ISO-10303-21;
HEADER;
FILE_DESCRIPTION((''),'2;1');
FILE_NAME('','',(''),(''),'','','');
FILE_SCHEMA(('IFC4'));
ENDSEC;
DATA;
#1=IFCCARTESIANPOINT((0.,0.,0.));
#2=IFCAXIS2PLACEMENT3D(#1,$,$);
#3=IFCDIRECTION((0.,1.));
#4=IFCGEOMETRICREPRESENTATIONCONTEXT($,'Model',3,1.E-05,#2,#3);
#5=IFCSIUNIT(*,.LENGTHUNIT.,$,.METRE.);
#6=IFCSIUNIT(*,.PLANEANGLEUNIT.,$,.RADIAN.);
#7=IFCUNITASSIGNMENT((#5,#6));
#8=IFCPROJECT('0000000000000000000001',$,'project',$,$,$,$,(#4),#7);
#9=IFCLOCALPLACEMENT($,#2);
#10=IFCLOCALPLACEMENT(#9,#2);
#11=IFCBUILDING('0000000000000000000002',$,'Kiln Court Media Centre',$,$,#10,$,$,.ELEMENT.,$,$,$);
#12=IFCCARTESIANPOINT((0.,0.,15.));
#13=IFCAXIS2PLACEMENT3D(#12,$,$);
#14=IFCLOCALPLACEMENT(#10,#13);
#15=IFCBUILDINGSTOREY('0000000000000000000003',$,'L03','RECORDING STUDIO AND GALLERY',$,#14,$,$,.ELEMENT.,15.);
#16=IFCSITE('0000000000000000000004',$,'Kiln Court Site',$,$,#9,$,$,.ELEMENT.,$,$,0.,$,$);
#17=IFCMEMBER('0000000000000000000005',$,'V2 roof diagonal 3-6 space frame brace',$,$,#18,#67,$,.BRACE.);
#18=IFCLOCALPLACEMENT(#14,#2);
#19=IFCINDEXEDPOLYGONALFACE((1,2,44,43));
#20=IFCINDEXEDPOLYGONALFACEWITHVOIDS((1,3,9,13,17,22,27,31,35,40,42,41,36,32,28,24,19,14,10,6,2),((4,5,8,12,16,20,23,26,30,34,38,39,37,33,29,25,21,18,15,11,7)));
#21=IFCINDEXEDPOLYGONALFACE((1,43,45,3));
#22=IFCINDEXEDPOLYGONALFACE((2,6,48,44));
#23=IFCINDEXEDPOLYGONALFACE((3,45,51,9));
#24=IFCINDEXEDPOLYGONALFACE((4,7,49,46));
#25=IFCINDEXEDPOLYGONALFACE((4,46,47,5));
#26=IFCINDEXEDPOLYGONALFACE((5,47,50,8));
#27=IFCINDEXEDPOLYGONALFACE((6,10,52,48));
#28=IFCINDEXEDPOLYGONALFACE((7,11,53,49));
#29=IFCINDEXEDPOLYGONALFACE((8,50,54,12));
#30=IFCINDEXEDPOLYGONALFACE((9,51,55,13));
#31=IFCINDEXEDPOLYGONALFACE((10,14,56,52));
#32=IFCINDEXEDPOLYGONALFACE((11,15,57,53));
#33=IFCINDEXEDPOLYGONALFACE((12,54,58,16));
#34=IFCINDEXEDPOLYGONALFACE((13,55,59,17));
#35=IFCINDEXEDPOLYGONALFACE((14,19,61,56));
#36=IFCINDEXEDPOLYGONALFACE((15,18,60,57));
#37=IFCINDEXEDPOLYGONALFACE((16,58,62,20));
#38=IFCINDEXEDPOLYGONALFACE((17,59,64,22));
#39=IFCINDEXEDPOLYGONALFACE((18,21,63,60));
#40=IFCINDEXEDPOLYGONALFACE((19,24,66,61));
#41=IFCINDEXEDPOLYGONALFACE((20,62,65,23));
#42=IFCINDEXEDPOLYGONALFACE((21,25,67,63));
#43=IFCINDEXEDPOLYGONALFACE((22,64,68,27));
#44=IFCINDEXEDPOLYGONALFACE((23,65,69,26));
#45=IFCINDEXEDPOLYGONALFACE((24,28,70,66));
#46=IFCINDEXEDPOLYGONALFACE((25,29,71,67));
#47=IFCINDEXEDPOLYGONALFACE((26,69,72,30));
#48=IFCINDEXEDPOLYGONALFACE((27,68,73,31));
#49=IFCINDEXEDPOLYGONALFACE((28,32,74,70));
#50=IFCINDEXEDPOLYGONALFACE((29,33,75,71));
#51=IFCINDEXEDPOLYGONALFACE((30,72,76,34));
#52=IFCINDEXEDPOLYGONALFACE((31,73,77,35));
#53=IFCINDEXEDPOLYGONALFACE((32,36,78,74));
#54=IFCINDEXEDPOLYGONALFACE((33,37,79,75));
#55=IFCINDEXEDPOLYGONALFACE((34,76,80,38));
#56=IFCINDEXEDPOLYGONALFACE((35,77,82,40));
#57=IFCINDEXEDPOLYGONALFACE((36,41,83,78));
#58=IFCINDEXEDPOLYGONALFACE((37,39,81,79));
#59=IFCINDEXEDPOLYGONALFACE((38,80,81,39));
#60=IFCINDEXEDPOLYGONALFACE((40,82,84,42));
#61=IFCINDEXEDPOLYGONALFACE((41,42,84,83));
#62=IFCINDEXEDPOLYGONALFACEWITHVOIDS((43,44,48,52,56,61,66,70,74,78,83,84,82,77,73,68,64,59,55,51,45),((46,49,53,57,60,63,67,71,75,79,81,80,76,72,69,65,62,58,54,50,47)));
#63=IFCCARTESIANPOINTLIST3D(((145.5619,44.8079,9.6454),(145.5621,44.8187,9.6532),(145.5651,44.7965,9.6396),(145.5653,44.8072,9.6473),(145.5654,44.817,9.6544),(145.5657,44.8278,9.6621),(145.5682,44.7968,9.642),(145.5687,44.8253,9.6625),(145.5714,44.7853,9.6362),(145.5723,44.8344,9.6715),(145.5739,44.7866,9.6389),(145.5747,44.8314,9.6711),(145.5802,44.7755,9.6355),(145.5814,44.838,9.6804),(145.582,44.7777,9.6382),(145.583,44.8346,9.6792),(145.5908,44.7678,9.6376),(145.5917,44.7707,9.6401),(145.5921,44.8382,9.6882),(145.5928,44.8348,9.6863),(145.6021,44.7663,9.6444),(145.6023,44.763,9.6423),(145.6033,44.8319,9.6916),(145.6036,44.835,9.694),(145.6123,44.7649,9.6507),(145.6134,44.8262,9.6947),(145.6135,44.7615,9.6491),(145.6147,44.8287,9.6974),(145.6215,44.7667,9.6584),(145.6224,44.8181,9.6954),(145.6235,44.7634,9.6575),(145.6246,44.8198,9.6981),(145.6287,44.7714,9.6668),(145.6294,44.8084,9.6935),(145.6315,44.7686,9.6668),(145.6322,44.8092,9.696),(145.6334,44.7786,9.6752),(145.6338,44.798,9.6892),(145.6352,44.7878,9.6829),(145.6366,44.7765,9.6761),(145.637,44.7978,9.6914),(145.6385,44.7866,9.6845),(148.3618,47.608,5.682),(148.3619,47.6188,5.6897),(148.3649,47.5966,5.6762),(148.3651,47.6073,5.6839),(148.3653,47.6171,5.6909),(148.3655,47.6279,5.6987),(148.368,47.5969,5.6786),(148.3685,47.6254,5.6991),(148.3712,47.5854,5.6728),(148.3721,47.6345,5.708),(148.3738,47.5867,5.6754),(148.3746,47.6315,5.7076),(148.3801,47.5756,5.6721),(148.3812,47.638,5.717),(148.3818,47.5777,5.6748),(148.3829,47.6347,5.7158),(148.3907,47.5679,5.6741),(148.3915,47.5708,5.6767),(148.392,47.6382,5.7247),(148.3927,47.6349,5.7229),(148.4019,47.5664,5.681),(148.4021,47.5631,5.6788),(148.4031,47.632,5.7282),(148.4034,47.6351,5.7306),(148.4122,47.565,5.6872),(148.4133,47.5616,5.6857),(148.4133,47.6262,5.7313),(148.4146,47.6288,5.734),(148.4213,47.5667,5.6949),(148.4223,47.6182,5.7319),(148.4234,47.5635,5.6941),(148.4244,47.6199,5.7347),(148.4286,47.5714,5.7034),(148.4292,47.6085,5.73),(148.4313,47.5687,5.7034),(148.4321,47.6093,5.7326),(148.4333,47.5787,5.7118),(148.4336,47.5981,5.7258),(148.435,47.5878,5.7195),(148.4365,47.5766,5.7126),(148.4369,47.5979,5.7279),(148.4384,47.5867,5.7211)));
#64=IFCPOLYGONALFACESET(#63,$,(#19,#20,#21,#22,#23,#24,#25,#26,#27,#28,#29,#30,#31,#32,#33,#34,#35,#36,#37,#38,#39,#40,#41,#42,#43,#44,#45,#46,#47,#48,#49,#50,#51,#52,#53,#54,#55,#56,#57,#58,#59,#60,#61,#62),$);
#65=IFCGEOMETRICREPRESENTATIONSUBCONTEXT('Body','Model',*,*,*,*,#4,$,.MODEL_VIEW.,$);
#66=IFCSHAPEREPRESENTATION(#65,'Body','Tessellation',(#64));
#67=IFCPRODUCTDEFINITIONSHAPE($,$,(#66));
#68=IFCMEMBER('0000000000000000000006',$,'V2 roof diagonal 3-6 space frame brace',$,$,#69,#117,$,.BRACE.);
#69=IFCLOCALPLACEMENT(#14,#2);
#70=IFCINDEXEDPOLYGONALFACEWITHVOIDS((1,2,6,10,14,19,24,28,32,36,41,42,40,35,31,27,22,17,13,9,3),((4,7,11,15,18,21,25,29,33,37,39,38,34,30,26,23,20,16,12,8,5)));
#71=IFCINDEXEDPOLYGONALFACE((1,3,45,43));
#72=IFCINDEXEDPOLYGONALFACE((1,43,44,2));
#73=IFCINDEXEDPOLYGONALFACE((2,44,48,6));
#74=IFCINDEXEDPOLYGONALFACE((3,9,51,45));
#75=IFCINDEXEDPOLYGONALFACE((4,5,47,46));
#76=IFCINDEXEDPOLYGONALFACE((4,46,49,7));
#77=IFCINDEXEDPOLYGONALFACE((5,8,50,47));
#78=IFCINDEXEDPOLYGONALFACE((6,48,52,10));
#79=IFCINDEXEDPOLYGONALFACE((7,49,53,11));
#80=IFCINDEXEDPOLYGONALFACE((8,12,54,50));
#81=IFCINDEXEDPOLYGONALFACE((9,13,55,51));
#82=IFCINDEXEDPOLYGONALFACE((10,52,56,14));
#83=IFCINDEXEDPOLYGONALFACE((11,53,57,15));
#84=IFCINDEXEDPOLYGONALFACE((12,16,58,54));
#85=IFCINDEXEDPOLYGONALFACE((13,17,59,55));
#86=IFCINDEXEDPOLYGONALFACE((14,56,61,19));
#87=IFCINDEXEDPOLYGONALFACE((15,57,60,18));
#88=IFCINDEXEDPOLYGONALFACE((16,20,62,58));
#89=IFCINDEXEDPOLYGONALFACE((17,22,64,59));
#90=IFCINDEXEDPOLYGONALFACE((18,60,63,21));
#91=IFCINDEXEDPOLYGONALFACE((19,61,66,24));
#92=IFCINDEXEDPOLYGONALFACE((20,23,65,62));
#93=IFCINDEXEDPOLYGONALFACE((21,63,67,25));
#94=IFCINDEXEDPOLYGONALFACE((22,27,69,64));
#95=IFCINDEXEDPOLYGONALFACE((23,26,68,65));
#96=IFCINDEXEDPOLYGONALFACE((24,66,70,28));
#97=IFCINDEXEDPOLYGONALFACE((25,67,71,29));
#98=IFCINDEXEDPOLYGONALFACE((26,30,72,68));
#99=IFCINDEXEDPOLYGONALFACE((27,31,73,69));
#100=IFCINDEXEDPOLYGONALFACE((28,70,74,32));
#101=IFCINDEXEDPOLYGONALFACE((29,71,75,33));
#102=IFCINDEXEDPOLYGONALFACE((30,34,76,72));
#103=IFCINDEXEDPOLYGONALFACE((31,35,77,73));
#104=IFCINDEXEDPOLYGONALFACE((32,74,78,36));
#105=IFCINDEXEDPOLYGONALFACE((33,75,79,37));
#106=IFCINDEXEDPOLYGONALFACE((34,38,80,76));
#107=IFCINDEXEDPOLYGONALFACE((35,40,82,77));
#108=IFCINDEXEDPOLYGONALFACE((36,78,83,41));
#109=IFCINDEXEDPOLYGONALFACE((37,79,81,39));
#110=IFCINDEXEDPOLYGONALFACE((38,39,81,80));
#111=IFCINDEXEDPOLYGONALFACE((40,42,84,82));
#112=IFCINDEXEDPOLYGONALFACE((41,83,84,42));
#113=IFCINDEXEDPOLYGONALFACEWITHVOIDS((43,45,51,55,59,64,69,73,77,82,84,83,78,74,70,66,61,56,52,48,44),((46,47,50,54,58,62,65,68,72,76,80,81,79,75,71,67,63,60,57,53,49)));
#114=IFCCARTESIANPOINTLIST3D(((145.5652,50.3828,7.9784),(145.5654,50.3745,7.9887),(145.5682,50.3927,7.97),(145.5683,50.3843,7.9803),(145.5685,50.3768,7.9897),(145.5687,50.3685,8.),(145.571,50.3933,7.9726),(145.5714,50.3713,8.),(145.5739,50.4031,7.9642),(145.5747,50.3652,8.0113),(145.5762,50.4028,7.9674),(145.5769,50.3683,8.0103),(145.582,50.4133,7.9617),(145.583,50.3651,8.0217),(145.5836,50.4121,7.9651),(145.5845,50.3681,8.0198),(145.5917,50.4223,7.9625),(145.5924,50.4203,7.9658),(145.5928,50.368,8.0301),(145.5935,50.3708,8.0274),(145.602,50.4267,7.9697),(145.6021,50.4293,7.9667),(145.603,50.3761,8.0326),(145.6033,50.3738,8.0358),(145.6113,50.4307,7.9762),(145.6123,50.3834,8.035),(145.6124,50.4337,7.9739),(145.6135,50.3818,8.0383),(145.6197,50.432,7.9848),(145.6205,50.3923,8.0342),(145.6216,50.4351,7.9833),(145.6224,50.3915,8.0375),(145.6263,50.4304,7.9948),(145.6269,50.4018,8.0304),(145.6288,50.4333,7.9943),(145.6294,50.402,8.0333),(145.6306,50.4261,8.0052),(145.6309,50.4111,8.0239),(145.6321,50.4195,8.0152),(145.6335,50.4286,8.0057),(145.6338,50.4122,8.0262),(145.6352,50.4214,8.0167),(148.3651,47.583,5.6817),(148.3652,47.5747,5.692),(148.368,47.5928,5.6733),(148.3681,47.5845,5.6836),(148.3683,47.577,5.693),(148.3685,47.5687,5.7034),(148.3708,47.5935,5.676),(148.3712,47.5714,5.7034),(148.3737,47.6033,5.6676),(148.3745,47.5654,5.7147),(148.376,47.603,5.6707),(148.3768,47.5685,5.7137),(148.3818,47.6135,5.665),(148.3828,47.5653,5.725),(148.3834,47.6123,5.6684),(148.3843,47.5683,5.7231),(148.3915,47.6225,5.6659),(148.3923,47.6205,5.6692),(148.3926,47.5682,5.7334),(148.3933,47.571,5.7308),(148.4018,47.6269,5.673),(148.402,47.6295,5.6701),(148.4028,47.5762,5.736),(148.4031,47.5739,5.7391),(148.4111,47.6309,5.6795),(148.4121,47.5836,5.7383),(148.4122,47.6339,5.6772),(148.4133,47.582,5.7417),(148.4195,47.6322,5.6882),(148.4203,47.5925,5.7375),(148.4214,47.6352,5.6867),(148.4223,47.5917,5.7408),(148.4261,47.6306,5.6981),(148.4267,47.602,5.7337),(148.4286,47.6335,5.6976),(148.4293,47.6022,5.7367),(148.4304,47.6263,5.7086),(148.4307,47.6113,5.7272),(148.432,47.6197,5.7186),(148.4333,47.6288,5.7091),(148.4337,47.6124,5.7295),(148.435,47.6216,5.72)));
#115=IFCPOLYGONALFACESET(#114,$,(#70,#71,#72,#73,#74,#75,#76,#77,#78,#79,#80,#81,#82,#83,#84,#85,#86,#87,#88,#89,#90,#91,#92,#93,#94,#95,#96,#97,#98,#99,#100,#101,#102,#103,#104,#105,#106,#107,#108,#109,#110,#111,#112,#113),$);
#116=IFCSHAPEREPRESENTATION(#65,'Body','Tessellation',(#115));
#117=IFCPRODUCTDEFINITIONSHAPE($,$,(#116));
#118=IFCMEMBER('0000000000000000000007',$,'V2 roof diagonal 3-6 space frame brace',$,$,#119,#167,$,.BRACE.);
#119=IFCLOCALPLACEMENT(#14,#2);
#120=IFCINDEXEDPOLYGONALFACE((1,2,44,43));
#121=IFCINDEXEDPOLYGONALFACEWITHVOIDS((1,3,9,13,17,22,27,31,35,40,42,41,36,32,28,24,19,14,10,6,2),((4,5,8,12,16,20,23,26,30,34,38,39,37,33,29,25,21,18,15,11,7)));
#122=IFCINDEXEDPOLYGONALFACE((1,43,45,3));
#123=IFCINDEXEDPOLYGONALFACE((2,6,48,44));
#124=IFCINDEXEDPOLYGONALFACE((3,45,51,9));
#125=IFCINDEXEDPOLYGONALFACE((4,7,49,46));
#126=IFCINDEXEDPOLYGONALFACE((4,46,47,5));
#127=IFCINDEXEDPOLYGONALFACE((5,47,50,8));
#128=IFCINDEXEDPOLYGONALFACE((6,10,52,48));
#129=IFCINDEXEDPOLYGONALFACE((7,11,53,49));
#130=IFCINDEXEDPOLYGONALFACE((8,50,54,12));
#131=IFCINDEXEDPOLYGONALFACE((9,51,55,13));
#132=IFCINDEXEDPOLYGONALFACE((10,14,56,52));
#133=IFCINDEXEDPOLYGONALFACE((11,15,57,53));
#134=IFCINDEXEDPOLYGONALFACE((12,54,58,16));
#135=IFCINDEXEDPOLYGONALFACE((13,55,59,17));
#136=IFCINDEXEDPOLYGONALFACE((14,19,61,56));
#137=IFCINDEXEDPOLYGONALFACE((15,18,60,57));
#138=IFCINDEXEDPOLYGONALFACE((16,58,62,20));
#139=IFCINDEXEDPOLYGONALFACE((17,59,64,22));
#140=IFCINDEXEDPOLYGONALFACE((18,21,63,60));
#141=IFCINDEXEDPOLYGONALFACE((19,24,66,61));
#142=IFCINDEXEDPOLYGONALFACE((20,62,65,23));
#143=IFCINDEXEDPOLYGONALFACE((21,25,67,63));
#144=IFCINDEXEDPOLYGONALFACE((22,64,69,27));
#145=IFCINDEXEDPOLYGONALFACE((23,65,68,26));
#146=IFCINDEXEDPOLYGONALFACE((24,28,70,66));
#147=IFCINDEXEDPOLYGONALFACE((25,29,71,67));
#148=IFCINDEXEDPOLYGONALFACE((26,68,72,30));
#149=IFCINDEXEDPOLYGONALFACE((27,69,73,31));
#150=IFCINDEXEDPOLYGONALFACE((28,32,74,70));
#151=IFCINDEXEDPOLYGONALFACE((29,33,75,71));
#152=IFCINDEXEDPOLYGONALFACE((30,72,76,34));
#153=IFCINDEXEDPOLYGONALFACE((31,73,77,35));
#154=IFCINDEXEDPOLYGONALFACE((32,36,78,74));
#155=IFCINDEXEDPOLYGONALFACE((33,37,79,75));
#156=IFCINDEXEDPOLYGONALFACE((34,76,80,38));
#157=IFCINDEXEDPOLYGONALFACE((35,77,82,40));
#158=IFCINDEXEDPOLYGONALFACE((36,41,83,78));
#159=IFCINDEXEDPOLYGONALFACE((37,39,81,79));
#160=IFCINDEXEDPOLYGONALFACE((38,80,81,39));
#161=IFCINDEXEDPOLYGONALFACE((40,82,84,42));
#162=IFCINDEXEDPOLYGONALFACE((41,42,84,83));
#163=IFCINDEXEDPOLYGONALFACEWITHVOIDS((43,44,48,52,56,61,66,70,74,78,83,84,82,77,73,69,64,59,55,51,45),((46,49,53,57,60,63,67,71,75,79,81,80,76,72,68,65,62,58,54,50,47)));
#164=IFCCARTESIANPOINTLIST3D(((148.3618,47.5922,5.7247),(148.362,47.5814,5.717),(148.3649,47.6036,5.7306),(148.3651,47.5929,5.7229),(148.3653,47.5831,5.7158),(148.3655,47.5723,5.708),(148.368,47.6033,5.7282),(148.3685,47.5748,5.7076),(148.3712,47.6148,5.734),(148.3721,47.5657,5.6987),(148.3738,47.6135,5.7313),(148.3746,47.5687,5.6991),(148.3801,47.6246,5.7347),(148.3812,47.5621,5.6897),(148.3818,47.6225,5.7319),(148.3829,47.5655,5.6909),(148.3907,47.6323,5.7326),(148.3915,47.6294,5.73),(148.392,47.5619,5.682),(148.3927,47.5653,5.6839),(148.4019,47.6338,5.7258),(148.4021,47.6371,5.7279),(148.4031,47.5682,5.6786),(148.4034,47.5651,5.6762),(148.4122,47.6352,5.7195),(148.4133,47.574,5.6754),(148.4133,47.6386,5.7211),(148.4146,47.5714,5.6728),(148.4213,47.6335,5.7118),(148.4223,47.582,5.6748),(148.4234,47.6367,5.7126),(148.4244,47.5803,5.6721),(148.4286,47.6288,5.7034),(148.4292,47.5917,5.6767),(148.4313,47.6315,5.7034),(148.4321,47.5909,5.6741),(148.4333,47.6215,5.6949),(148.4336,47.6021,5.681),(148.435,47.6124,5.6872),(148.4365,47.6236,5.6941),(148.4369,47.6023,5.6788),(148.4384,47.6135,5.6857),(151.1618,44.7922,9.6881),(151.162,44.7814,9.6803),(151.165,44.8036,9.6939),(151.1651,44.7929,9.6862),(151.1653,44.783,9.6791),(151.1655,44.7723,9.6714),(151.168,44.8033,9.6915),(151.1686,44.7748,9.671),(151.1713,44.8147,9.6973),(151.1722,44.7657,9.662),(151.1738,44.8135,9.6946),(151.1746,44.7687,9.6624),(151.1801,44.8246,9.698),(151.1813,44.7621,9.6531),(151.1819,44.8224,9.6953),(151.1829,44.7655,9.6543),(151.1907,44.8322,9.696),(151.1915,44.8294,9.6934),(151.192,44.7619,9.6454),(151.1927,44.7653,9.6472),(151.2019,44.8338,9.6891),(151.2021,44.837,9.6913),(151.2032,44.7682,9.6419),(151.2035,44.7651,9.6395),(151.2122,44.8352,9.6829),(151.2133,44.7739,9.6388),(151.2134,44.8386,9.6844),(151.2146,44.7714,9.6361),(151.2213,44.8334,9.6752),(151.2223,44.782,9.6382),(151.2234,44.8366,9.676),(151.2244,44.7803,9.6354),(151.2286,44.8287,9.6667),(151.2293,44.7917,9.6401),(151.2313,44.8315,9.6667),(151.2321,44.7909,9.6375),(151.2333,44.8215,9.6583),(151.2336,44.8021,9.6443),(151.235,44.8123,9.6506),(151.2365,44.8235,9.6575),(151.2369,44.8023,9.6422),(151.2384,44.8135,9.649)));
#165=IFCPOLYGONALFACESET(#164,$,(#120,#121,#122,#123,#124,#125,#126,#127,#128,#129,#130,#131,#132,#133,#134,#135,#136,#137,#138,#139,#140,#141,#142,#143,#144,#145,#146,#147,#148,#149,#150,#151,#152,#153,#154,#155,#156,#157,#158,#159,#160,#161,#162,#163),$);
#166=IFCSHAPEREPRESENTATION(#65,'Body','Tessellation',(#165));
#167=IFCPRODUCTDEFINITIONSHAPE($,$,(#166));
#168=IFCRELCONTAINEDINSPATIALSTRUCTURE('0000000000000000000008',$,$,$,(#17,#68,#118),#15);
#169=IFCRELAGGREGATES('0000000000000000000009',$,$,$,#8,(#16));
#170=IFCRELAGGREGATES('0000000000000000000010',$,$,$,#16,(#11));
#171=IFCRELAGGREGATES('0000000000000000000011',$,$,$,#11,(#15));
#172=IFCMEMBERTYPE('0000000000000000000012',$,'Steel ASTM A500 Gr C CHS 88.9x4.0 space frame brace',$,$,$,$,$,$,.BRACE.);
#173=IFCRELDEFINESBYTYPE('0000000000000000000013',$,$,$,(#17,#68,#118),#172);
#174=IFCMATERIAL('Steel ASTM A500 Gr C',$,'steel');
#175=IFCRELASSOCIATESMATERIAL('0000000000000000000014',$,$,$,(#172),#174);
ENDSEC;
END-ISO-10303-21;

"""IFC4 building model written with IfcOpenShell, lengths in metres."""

from ifc_helpers import new_model, si_unit, direction, frame, origin, origin_2d, place, context, subcontext, project, spatial, hollow_circle, extrude, material, material_profile, profile_set, type_object, element, save


model = new_model("IFC4")

# Units and contexts
model_context = context("Model", 3, precision=1e-05, world=origin(), true_north=direction((0.0, 1.0)))
body_context = subcontext(model_context, "Body", "Model", "MODEL_VIEW")
ifc_project = project(units=[si_unit("LENGTHUNIT", "METRE"), si_unit("PLANEANGLEUNIT", "RADIAN")], contexts=[model_context])

# Site, building, storey
site_placement = place(None, origin())
site = spatial("IfcSite", under=ifc_project, at=site_placement, Name="Kiln Court Site", CompositionType="ELEMENT", RefElevation=0.0)
building_placement = place(site_placement, origin())
building = spatial("IfcBuilding", under=site, at=building_placement, Name="Kiln Court Media Centre", CompositionType="ELEMENT")
storey_placement = place(building_placement, frame((0.0, 0.0, 15.0)))
storey = spatial("IfcBuildingStorey", under=building, at=storey_placement, Name="L03", Description="RECORDING STUDIO AND GALLERY", CompositionType="ELEMENT", Elevation=15.0)

# Members
ifc_material_1 = material(Name="Steel ASTM A500 Gr C", Category="steel")
ifc_material_profile_1 = material_profile(ifc_material_1, hollow_circle(Radius=0.0444, WallThickness=0.0039, at=origin_2d()), Name="CHS 88.9x4.0")
ifc_profile_set_1 = profile_set([ifc_material_profile_1], Name="Steel ASTM A500 Gr C")
member_type_1 = type_object("IfcMemberType", Name="Steel ASTM A500 Gr C CHS 88.9x4.0 space frame brace", PredefinedType="BRACE", material=ifc_profile_set_1)
member_1_placement = place(storey_placement, frame((148.3999, 47.6001, 5.7034), z_axis=(-0.499746, -0.499789, 0.707436), x_axis=(0.707138, -0.707076, 0.0)))
element("IfcMember", 1, at=member_1_placement, inside=storey, type_object=member_type_1, Name="V2 roof diagonal 3-6 space frame brace", PredefinedType="BRACE", context=body_context, shape_type="SweptSolid", body=[
    extrude(hollow_circle(Radius=0.0444, WallThickness=0.0039, at=origin_2d()), origin(), (0.0, 0.0, 1.0), 5.6025),
])
member_2_placement = place(storey_placement, frame((148.3999, 47.6001, 5.7034), z_axis=(-0.611662, 0.611662, 0.501736), x_axis=(-0.707107, -0.707107, 0.0)))
element("IfcMember", 2, at=member_2_placement, inside=storey, type_object=member_type_1, Name="V2 roof diagonal 3-6 space frame brace", PredefinedType="BRACE", context=body_context, shape_type="SweptSolid", body=[
    extrude(hollow_circle(Radius=0.0444, WallThickness=0.0039, at=origin_2d()), origin(), (0.0, 0.0, 1.0), 4.5774),
])
member_3_placement = place(storey_placement, frame((148.3999, 47.6001, 5.7034), z_axis=(0.499778, -0.499778, 0.70742), x_axis=(0.707107, 0.707107, 0.0)))
element("IfcMember", 3, at=member_3_placement, inside=storey, type_object=member_type_1, Name="V2 roof diagonal 3-6 space frame brace", PredefinedType="BRACE", context=body_context, shape_type="SweptSolid", body=[
    extrude(hollow_circle(Radius=0.0444, WallThickness=0.0039, at=origin_2d()), origin(), (0.0, 0.0, 1.0), 5.6025),
])

save(model, "model.ifc")
